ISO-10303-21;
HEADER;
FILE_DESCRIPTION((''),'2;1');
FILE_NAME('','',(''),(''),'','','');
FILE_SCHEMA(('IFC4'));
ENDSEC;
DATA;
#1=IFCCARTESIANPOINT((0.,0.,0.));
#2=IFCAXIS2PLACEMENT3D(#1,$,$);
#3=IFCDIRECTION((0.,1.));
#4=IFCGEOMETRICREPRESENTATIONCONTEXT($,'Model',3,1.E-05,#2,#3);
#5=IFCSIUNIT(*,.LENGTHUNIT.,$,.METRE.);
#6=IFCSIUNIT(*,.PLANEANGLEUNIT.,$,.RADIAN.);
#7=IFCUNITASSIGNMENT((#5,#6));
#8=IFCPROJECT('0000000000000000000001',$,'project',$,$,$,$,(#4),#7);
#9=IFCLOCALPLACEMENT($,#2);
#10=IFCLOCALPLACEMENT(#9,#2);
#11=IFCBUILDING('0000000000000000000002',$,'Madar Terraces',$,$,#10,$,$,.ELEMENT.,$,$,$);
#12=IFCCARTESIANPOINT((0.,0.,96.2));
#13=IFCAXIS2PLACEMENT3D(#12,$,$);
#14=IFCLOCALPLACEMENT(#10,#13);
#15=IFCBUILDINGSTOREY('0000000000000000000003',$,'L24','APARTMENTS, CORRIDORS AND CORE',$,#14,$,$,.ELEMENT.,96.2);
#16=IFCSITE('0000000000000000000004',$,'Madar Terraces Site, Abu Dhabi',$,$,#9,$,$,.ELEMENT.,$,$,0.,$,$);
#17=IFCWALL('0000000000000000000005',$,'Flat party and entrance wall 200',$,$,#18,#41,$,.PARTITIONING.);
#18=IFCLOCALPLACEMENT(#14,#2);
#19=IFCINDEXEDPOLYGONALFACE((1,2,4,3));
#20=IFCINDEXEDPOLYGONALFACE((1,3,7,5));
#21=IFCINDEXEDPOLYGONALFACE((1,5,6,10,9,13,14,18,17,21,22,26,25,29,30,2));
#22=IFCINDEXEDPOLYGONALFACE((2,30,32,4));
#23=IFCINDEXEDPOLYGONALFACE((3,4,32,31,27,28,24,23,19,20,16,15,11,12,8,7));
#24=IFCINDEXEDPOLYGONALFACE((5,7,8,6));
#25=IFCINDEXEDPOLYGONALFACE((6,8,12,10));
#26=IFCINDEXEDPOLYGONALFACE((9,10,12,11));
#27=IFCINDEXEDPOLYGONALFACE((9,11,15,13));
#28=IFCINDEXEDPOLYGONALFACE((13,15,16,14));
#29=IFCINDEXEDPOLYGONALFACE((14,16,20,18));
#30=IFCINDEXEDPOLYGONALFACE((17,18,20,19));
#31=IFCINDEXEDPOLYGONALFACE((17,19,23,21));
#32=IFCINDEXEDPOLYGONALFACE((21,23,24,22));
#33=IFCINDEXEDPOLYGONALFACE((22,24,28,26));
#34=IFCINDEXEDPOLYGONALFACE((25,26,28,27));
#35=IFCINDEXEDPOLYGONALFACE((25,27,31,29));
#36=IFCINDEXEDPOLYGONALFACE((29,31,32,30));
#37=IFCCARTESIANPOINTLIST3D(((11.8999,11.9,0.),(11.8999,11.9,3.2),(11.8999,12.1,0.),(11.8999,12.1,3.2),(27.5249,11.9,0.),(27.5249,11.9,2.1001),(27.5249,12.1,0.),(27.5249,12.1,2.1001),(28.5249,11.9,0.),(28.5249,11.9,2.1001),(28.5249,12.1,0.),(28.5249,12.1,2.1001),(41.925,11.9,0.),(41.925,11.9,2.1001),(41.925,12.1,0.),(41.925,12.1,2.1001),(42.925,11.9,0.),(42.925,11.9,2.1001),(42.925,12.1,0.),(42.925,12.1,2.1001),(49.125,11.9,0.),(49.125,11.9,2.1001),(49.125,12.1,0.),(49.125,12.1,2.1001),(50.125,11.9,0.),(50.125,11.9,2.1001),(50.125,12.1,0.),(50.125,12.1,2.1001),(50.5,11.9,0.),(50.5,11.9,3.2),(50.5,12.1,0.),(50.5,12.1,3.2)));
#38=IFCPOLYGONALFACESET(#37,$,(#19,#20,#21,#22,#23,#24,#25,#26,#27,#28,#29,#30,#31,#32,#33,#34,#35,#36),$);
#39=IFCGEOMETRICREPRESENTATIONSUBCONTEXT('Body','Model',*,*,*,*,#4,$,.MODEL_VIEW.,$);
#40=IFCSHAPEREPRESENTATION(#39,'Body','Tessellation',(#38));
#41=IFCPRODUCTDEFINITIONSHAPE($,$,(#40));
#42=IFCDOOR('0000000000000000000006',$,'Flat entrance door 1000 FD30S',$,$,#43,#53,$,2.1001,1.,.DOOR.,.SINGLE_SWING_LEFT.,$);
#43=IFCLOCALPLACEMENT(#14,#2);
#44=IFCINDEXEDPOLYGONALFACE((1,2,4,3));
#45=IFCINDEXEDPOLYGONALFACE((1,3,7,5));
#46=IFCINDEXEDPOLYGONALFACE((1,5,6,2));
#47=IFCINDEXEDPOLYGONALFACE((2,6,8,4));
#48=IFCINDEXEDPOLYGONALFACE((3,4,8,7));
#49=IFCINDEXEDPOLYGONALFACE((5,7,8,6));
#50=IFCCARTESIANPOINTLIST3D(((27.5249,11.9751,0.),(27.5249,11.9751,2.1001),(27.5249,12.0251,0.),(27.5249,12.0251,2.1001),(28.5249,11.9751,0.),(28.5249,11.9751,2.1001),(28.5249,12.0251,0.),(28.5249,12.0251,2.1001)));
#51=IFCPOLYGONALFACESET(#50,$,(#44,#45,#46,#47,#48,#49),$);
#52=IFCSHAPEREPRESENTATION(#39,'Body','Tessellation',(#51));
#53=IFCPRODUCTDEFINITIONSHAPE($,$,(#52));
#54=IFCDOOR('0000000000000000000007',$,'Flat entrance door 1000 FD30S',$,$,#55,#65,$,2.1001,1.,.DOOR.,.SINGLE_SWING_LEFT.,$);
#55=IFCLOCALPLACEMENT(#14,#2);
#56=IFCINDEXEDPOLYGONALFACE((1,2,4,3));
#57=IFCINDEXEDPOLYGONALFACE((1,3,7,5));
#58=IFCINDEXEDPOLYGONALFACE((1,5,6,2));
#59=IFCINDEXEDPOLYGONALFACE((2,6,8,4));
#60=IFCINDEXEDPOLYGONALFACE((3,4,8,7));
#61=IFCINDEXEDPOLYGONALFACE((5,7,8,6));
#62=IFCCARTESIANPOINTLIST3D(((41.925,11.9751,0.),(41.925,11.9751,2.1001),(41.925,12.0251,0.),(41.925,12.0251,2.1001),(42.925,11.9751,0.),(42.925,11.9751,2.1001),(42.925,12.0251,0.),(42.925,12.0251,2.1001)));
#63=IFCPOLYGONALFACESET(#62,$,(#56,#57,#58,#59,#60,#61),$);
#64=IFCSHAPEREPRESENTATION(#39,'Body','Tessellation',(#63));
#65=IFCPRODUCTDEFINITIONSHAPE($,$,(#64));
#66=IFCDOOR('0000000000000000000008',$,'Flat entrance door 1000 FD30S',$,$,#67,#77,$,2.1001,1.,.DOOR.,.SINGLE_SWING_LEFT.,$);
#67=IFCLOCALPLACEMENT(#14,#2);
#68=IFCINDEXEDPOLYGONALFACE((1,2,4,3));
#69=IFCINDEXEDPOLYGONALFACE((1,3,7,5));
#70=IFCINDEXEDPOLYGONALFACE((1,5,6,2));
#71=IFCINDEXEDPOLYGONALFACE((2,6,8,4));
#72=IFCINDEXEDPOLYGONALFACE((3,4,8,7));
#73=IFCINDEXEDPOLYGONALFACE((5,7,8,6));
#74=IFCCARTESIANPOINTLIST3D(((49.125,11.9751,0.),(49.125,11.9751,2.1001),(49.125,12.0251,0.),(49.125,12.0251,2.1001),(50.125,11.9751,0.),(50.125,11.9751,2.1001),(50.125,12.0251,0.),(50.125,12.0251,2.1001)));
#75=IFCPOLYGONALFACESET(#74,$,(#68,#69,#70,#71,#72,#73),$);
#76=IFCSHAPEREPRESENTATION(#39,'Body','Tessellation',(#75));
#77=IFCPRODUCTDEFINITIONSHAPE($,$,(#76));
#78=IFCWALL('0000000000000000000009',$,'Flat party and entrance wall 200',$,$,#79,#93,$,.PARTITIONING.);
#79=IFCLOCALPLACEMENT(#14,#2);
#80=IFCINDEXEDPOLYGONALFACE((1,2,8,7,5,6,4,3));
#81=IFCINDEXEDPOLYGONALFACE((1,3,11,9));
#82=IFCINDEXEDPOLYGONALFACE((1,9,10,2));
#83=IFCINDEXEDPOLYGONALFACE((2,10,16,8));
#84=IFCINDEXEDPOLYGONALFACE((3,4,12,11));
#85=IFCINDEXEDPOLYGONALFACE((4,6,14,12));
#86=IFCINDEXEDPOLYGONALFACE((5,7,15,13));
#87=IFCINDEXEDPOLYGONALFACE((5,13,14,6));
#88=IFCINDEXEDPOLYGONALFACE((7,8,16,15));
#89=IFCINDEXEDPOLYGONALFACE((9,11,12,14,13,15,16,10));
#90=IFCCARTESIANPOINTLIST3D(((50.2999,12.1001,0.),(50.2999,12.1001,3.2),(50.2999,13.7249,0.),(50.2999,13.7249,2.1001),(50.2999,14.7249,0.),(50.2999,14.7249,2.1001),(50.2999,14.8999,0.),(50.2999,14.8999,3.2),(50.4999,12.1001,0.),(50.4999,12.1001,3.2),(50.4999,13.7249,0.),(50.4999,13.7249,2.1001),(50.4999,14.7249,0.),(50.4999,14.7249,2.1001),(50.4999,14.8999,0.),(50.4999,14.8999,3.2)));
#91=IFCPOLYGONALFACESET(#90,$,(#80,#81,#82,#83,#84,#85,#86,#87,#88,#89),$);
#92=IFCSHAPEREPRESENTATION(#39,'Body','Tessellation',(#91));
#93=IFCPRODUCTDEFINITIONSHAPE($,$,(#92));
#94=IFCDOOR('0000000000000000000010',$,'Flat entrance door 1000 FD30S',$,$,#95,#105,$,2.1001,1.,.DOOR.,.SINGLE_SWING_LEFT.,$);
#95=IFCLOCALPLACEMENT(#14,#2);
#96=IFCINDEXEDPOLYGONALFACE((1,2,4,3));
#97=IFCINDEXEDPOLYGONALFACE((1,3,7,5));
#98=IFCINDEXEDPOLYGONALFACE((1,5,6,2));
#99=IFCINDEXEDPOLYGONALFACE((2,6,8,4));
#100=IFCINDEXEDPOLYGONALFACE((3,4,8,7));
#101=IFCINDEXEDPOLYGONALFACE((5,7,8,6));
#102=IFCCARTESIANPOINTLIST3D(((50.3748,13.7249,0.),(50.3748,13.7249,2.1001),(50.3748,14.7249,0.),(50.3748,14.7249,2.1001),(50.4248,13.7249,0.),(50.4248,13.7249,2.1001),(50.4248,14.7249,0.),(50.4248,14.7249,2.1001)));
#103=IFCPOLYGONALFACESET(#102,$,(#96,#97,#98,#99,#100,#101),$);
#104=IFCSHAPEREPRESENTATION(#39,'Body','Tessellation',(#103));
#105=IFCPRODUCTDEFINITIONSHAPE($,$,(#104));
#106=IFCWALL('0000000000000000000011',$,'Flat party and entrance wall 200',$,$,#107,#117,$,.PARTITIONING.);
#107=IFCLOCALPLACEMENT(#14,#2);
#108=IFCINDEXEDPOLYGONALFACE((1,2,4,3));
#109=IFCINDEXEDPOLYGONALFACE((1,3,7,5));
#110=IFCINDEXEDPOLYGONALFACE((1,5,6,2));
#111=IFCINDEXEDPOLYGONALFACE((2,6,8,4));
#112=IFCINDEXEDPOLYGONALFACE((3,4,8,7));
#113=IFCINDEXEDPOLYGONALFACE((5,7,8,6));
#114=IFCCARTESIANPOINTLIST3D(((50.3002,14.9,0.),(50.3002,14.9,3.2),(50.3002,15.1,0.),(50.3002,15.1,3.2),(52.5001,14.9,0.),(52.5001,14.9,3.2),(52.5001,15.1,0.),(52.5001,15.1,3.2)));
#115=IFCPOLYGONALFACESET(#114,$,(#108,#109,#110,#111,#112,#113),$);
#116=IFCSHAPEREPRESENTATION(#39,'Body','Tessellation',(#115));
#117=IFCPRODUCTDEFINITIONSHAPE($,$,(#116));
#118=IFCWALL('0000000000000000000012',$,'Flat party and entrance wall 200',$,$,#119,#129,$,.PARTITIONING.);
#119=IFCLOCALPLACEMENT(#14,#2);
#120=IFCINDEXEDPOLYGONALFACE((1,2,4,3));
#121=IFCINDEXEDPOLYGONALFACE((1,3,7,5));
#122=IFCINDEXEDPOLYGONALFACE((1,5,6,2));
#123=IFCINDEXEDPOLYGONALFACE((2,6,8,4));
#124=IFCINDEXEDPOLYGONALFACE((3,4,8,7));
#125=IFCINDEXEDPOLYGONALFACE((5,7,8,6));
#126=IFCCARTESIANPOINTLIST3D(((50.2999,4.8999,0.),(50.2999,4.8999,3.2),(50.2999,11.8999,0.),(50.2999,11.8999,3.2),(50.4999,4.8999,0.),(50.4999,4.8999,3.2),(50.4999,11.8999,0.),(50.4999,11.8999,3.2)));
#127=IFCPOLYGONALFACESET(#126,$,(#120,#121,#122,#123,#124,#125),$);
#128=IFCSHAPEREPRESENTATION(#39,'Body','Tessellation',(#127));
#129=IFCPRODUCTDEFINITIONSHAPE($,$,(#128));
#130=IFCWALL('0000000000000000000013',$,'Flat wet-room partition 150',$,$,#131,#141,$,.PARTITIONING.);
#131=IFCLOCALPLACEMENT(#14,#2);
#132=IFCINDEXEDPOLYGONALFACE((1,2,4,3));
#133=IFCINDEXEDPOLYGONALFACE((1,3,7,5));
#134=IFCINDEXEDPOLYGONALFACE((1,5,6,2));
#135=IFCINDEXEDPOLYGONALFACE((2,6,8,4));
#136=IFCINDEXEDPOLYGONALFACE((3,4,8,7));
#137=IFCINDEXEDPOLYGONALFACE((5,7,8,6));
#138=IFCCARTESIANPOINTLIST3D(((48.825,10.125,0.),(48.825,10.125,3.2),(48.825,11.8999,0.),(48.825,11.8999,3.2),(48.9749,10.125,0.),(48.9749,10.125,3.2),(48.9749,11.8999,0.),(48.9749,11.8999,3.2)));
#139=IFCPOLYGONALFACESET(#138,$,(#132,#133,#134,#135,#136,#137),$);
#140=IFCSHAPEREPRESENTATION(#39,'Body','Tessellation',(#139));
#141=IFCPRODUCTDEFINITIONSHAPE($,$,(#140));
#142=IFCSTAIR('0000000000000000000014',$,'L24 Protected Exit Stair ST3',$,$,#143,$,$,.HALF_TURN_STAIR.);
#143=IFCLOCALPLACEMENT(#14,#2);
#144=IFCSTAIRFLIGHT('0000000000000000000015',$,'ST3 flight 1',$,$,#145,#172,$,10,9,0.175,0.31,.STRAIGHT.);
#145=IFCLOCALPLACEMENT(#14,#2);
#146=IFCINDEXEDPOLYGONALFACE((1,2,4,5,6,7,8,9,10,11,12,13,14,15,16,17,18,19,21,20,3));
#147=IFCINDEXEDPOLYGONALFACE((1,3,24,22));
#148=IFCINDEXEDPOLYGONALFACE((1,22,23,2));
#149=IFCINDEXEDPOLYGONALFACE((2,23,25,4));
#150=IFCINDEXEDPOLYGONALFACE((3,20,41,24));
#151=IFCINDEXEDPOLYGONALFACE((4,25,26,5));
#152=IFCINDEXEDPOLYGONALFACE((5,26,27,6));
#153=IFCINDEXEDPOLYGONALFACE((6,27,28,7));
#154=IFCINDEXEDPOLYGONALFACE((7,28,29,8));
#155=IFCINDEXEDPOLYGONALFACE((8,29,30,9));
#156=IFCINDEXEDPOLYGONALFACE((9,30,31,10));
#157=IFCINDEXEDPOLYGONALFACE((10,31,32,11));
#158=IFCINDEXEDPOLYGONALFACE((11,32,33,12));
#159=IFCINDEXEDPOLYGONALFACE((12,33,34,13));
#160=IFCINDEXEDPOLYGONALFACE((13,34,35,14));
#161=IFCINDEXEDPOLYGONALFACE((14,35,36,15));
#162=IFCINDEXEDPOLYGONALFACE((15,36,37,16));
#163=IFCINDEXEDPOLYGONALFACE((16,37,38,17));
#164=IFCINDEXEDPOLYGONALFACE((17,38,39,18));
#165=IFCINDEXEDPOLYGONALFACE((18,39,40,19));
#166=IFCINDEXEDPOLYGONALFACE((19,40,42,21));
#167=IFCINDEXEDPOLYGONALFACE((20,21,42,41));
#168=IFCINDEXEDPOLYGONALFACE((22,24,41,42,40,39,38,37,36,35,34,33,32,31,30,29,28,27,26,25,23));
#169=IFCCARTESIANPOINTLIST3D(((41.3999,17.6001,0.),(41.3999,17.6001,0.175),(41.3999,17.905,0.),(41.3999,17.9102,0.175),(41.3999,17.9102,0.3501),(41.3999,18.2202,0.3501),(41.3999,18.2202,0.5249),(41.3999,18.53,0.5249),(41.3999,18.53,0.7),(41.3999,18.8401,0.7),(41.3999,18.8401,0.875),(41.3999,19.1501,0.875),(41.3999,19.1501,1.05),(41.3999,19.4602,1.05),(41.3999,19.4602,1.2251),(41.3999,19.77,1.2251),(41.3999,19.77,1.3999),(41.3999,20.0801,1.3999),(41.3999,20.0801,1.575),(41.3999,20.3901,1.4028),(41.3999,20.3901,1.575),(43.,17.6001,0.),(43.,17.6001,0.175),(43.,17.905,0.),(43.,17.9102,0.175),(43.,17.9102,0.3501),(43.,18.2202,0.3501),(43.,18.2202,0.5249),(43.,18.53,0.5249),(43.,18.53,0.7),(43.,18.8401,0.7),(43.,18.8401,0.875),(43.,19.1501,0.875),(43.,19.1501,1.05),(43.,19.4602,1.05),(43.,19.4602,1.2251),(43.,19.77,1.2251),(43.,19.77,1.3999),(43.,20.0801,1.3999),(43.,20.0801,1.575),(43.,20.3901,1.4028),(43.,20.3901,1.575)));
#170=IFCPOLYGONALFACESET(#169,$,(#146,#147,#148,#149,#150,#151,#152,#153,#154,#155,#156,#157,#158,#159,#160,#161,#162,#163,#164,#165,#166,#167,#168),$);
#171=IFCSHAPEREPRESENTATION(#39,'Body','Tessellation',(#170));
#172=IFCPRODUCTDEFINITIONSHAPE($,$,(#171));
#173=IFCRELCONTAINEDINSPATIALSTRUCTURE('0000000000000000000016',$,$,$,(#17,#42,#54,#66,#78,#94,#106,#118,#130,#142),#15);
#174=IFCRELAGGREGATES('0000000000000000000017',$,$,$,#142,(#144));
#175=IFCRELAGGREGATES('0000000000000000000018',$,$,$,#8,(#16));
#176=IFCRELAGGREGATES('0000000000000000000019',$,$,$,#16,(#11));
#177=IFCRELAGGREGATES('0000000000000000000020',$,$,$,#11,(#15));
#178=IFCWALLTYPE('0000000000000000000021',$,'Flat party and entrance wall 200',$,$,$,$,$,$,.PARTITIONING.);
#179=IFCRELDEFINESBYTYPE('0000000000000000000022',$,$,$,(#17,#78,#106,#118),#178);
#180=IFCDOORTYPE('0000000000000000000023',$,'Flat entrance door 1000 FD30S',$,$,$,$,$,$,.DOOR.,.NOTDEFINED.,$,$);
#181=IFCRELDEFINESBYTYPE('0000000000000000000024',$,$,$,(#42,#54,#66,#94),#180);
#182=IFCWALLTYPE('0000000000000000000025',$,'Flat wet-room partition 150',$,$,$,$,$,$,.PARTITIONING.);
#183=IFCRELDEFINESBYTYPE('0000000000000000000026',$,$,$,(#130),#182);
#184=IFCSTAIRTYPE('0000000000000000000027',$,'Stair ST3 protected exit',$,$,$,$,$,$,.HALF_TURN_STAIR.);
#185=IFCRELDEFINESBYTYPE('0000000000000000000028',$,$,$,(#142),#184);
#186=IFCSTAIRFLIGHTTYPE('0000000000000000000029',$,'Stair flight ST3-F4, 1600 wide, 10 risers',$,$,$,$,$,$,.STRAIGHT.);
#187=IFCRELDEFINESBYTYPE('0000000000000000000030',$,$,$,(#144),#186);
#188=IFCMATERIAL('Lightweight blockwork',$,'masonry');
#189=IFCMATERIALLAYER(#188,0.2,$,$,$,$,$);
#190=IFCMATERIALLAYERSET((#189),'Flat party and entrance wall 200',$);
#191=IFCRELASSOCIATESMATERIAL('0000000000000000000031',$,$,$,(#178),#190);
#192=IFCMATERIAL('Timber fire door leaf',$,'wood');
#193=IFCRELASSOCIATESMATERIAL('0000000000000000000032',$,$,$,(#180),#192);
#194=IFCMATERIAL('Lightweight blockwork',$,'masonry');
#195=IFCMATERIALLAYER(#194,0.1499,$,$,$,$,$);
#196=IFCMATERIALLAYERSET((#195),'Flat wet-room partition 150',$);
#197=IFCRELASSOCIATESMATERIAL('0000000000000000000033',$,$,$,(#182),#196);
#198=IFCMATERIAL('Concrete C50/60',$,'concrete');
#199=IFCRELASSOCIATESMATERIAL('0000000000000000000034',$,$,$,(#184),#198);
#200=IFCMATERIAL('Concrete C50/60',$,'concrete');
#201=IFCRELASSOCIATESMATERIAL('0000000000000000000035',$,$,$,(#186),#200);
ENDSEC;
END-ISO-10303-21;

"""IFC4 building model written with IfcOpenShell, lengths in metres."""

from ifc_helpers import new_model, si_unit, direction, frame, frame_2d, origin, place, context, subcontext, project, spatial, polyline, rectangle, outline, extrude, material, layer, layer_set, type_object, element, fill, aggregate, save


model = new_model("IFC4")

# Units and contexts
model_context = context("Model", 3, precision=1e-05, world=origin(), true_north=direction((0.0, 1.0)))
body_context = subcontext(model_context, "Body", "Model", "MODEL_VIEW")
ifc_project = project(units=[si_unit("LENGTHUNIT", "METRE"), si_unit("PLANEANGLEUNIT", "RADIAN")], contexts=[model_context])

# Site, building, storey
site_placement = place(None, origin())
site = spatial("IfcSite", under=ifc_project, at=site_placement, Name="Madar Terraces Site, Abu Dhabi", CompositionType="ELEMENT", RefElevation=0.0)
building_placement = place(site_placement, origin())
building = spatial("IfcBuilding", under=site, at=building_placement, Name="Madar Terraces", CompositionType="ELEMENT")
storey_placement = place(building_placement, frame((0.0, 0.0, 96.2)))
storey = spatial("IfcBuildingStorey", under=building, at=storey_placement, Name="L24", Description="APARTMENTS, CORRIDORS AND CORE", CompositionType="ELEMENT", Elevation=96.2)

# Wall, openings, doors
ifc_material_1 = material(Name="Lightweight blockwork", Category="masonry")
ifc_layer_1 = layer(ifc_material_1, 0.2)
ifc_layer_set_1 = layer_set([ifc_layer_1], Name="Flat party and entrance wall 200")
wall_type_1 = type_object("IfcWallType", Name="Flat party and entrance wall 200", PredefinedType="PARTITIONING", material=ifc_layer_set_1)
wall_1_placement = place(storey_placement, frame((50.5, 12.0, 0.0), z_axis=(0.0, 0.0, 1.0), x_axis=(-1.0, 0.0, 0.0)))
wall_1 = element("IfcWall", 1, at=wall_1_placement, inside=storey, type_object=wall_type_1, Name="Flat party and entrance wall 200", PredefinedType="PARTITIONING", context=body_context, shape_type="SweptSolid", body=[
    extrude(rectangle(XDim=38.6001, YDim=0.2, at=frame_2d((19.3, 0.0))), origin(), (0.0, 0.0, 1.0), 3.2),
])
opening_1_placement = place(wall_1_placement, frame((21.9751, 0.0, 0.0)))
opening_1 = element("IfcOpeningElement", 2, at=opening_1_placement, cuts=wall_1, PredefinedType="OPENING", context=body_context, shape_type="SweptSolid", body=[
    extrude(rectangle(XDim=1.0, YDim=2.1001, at=frame_2d((0.5, 1.05))), frame((0.0, 0.1099, 0.0), z_axis=(0.0, -1.0, 0.0), x_axis=(1.0, 0.0, 0.0)), (0.0, 0.0, 1.0), 0.22),
])
opening_2_placement = place(wall_1_placement, frame((7.575, 0.0, 0.0)))
opening_2 = element("IfcOpeningElement", 3, at=opening_2_placement, cuts=wall_1, PredefinedType="OPENING", context=body_context, shape_type="SweptSolid", body=[
    extrude(rectangle(XDim=1.0, YDim=2.1001, at=frame_2d((0.5, 1.05))), frame((0.0, 0.1099, 0.0), z_axis=(0.0, -1.0, 0.0), x_axis=(1.0, 0.0, 0.0)), (0.0, 0.0, 1.0), 0.22),
])
opening_3_placement = place(wall_1_placement, frame((0.375, 0.0, 0.0)))
opening_3 = element("IfcOpeningElement", 4, at=opening_3_placement, cuts=wall_1, PredefinedType="OPENING", context=body_context, shape_type="SweptSolid", body=[
    extrude(rectangle(XDim=1.0, YDim=2.1001, at=frame_2d((0.5, 1.05))), frame((0.0, 0.1099, 0.0), z_axis=(0.0, -1.0, 0.0), x_axis=(1.0, 0.0, 0.0)), (0.0, 0.0, 1.0), 0.22),
])
ifc_material_2 = material(Name="Timber fire door leaf", Category="wood")
door_type_1 = type_object("IfcDoorType", Name="Flat entrance door 1000 FD30S", OperationType="NOTDEFINED", PredefinedType="DOOR", material=ifc_material_2)
door_1_placement = place(opening_1_placement, origin())
door_1 = element("IfcDoor", 5, at=door_1_placement, inside=storey, type_object=door_type_1, Name="Flat entrance door 1000 FD30S", OperationType="SINGLE_SWING_LEFT", OverallHeight=2.1001, OverallWidth=1.0, PredefinedType="DOOR", context=body_context, shape_type="SweptSolid", body=[
    extrude(rectangle(XDim=1.0, YDim=2.1001, at=frame_2d((0.5, 1.05))), frame((0.0, 0.0249, 0.0), z_axis=(0.0, -1.0, 0.0), x_axis=(1.0, 0.0, 0.0)), (0.0, 0.0, 1.0), 0.05),
])
fill(opening_1, door_1)
door_2_placement = place(opening_2_placement, origin())
door_2 = element("IfcDoor", 6, at=door_2_placement, inside=storey, type_object=door_type_1, Name="Flat entrance door 1000 FD30S", OperationType="SINGLE_SWING_LEFT", OverallHeight=2.1001, OverallWidth=1.0, PredefinedType="DOOR", context=body_context, shape_type="SweptSolid", body=[
    extrude(rectangle(XDim=1.0, YDim=2.1001, at=frame_2d((0.5, 1.05))), frame((0.0, 0.0249, 0.0), z_axis=(0.0, -1.0, 0.0), x_axis=(1.0, 0.0, 0.0)), (0.0, 0.0, 1.0), 0.05),
])
fill(opening_2, door_2)
door_3_placement = place(opening_3_placement, origin())
door_3 = element("IfcDoor", 7, at=door_3_placement, inside=storey, type_object=door_type_1, Name="Flat entrance door 1000 FD30S", OperationType="SINGLE_SWING_LEFT", OverallHeight=2.1001, OverallWidth=1.0, PredefinedType="DOOR", context=body_context, shape_type="SweptSolid", body=[
    extrude(rectangle(XDim=1.0, YDim=2.1001, at=frame_2d((0.5, 1.05))), frame((0.0, 0.0249, 0.0), z_axis=(0.0, -1.0, 0.0), x_axis=(1.0, 0.0, 0.0)), (0.0, 0.0, 1.0), 0.05),
])
fill(opening_3, door_3)

# Wall, opening, door
wall_2_placement = place(storey_placement, frame((50.3999, 14.8999, 0.0), z_axis=(0.0, 0.0, 1.0), x_axis=(0.0, -1.0, 0.0)))
wall_2 = element("IfcWall", 8, at=wall_2_placement, inside=storey, type_object=wall_type_1, Name="Flat party and entrance wall 200", PredefinedType="PARTITIONING", context=body_context, shape_type="SweptSolid", body=[
    extrude(rectangle(XDim=2.7998, YDim=0.2, at=frame_2d((1.3999, 0.0))), origin(), (0.0, 0.0, 1.0), 3.2),
])
opening_4_placement = place(wall_2_placement, frame((0.175, 0.0, 0.0)))
opening_4 = element("IfcOpeningElement", 9, at=opening_4_placement, cuts=wall_2, PredefinedType="OPENING", context=body_context, shape_type="SweptSolid", body=[
    extrude(rectangle(XDim=1.0, YDim=2.1001, at=frame_2d((0.5, 1.05))), frame((0.0, 0.1099, 0.0), z_axis=(0.0, -1.0, 0.0), x_axis=(1.0, 0.0, 0.0)), (0.0, 0.0, 1.0), 0.22),
])
door_4_placement = place(opening_4_placement, origin())
door_4 = element("IfcDoor", 10, at=door_4_placement, inside=storey, type_object=door_type_1, Name="Flat entrance door 1000 FD30S", OperationType="SINGLE_SWING_LEFT", OverallHeight=2.1001, OverallWidth=1.0, PredefinedType="DOOR", context=body_context, shape_type="SweptSolid", body=[
    extrude(rectangle(XDim=1.0, YDim=2.1001, at=frame_2d((0.5, 1.05))), frame((0.0, 0.0249, 0.0), z_axis=(0.0, -1.0, 0.0), x_axis=(1.0, 0.0, 0.0)), (0.0, 0.0, 1.0), 0.05),
])
fill(opening_4, door_4)

# Walls
wall_3_placement = place(storey_placement, frame((50.3, 15.0, 0.0), z_axis=(0.0, 0.0, 1.0), x_axis=(1.0, 0.0, 0.0)))
element("IfcWall", 11, at=wall_3_placement, inside=storey, type_object=wall_type_1, Name="Flat party and entrance wall 200", PredefinedType="PARTITIONING", context=body_context, shape_type="SweptSolid", body=[
    extrude(rectangle(XDim=2.2, YDim=0.2, at=frame_2d((1.1001, 0.0))), origin(), (0.0, 0.0, 1.0), 3.2),
])
wall_4_placement = place(storey_placement, frame((50.3999, 11.8999, 0.0), z_axis=(0.0, 0.0, 1.0), x_axis=(0.0, -1.0, 0.0)))
element("IfcWall", 12, at=wall_4_placement, inside=storey, type_object=wall_type_1, Name="Flat party and entrance wall 200", PredefinedType="PARTITIONING", context=body_context, shape_type="SweptSolid", body=[
    extrude(rectangle(XDim=7.0, YDim=0.2, at=frame_2d((3.5, 0.0))), origin(), (0.0, 0.0, 1.0), 3.2),
])
ifc_material_3 = material(Name="Lightweight blockwork", Category="masonry")
ifc_layer_2 = layer(ifc_material_3, 0.1499)
ifc_layer_set_2 = layer_set([ifc_layer_2], Name="Flat wet-room partition 150")
wall_type_2 = type_object("IfcWallType", Name="Flat wet-room partition 150", PredefinedType="PARTITIONING", material=ifc_layer_set_2)
wall_5_placement = place(storey_placement, frame((48.8999, 11.8999, 0.0), z_axis=(0.0, 0.0, 1.0), x_axis=(0.0, -1.0, 0.0)))
element("IfcWall", 13, at=wall_5_placement, inside=storey, type_object=wall_type_2, Name="Flat wet-room partition 150", PredefinedType="PARTITIONING", context=body_context, shape_type="SweptSolid", body=[
    extrude(rectangle(XDim=1.7749, YDim=0.1499, at=frame_2d((0.8875, 0.0))), origin(), (0.0, 0.0, 1.0), 3.2),
])

# Stair, stair flight
ifc_material_4 = material(Name="Concrete C50/60", Category="concrete")
stair_type = type_object("IfcStairType", Name="Stair ST3 protected exit", PredefinedType="HALF_TURN_STAIR", material=ifc_material_4)
stair_placement = place(storey_placement, origin())
stair = element("IfcStair", 14, at=stair_placement, inside=storey, type_object=stair_type, Name="L24 Protected Exit Stair ST3", PredefinedType="HALF_TURN_STAIR")
ifc_material_5 = material(Name="Concrete C50/60", Category="concrete")
stair_flight_type = type_object("IfcStairFlightType", Name="Stair flight ST3-F4, 1600 wide, 10 risers", PredefinedType="STRAIGHT", material=ifc_material_5)
stair_flight_1_placement = place(storey_placement, frame((42.2, 17.6001, 0.0), z_axis=(0.0, 0.0, 1.0), x_axis=(0.0, 1.0, 0.0)))
stair_flight_1 = element("IfcStairFlight", 15, at=stair_flight_1_placement, type_object=stair_flight_type, Name="ST3 flight 1", NumberOfRisers=10, NumberOfTreads=9, PredefinedType="STRAIGHT", RiserHeight=0.175, TreadLength=0.31, context=body_context, shape_type="SweptSolid", body=[
    extrude(outline(polyline([(0.0, 0.0), (0.0, 0.175), (0.3101, 0.175), (0.3101, 0.3501), (0.6201, 0.3501), (0.6201, 0.5249), (0.9299, 0.5249), (0.9299, 0.7), (1.24, 0.7), (1.24, 0.875), (1.55, 0.875), (1.55, 1.05), (1.8601, 1.05), (1.8601, 1.2251), (2.1699, 1.2251), (2.1699, 1.3999), (2.48, 1.3999), (2.48, 1.575), (2.79, 1.575), (2.79, 1.75), (2.79, 1.4028), (0.3049, 0.0), (0.0, 0.0)])), frame((0.0, 0.8, 0.0), z_axis=(0.0, -1.0, 0.0), x_axis=(1.0, 0.0, 0.0)), (0.0, 0.0, 1.0), 1.6001),
])
aggregate(stair, [stair_flight_1])

save(model, "model.ifc")
